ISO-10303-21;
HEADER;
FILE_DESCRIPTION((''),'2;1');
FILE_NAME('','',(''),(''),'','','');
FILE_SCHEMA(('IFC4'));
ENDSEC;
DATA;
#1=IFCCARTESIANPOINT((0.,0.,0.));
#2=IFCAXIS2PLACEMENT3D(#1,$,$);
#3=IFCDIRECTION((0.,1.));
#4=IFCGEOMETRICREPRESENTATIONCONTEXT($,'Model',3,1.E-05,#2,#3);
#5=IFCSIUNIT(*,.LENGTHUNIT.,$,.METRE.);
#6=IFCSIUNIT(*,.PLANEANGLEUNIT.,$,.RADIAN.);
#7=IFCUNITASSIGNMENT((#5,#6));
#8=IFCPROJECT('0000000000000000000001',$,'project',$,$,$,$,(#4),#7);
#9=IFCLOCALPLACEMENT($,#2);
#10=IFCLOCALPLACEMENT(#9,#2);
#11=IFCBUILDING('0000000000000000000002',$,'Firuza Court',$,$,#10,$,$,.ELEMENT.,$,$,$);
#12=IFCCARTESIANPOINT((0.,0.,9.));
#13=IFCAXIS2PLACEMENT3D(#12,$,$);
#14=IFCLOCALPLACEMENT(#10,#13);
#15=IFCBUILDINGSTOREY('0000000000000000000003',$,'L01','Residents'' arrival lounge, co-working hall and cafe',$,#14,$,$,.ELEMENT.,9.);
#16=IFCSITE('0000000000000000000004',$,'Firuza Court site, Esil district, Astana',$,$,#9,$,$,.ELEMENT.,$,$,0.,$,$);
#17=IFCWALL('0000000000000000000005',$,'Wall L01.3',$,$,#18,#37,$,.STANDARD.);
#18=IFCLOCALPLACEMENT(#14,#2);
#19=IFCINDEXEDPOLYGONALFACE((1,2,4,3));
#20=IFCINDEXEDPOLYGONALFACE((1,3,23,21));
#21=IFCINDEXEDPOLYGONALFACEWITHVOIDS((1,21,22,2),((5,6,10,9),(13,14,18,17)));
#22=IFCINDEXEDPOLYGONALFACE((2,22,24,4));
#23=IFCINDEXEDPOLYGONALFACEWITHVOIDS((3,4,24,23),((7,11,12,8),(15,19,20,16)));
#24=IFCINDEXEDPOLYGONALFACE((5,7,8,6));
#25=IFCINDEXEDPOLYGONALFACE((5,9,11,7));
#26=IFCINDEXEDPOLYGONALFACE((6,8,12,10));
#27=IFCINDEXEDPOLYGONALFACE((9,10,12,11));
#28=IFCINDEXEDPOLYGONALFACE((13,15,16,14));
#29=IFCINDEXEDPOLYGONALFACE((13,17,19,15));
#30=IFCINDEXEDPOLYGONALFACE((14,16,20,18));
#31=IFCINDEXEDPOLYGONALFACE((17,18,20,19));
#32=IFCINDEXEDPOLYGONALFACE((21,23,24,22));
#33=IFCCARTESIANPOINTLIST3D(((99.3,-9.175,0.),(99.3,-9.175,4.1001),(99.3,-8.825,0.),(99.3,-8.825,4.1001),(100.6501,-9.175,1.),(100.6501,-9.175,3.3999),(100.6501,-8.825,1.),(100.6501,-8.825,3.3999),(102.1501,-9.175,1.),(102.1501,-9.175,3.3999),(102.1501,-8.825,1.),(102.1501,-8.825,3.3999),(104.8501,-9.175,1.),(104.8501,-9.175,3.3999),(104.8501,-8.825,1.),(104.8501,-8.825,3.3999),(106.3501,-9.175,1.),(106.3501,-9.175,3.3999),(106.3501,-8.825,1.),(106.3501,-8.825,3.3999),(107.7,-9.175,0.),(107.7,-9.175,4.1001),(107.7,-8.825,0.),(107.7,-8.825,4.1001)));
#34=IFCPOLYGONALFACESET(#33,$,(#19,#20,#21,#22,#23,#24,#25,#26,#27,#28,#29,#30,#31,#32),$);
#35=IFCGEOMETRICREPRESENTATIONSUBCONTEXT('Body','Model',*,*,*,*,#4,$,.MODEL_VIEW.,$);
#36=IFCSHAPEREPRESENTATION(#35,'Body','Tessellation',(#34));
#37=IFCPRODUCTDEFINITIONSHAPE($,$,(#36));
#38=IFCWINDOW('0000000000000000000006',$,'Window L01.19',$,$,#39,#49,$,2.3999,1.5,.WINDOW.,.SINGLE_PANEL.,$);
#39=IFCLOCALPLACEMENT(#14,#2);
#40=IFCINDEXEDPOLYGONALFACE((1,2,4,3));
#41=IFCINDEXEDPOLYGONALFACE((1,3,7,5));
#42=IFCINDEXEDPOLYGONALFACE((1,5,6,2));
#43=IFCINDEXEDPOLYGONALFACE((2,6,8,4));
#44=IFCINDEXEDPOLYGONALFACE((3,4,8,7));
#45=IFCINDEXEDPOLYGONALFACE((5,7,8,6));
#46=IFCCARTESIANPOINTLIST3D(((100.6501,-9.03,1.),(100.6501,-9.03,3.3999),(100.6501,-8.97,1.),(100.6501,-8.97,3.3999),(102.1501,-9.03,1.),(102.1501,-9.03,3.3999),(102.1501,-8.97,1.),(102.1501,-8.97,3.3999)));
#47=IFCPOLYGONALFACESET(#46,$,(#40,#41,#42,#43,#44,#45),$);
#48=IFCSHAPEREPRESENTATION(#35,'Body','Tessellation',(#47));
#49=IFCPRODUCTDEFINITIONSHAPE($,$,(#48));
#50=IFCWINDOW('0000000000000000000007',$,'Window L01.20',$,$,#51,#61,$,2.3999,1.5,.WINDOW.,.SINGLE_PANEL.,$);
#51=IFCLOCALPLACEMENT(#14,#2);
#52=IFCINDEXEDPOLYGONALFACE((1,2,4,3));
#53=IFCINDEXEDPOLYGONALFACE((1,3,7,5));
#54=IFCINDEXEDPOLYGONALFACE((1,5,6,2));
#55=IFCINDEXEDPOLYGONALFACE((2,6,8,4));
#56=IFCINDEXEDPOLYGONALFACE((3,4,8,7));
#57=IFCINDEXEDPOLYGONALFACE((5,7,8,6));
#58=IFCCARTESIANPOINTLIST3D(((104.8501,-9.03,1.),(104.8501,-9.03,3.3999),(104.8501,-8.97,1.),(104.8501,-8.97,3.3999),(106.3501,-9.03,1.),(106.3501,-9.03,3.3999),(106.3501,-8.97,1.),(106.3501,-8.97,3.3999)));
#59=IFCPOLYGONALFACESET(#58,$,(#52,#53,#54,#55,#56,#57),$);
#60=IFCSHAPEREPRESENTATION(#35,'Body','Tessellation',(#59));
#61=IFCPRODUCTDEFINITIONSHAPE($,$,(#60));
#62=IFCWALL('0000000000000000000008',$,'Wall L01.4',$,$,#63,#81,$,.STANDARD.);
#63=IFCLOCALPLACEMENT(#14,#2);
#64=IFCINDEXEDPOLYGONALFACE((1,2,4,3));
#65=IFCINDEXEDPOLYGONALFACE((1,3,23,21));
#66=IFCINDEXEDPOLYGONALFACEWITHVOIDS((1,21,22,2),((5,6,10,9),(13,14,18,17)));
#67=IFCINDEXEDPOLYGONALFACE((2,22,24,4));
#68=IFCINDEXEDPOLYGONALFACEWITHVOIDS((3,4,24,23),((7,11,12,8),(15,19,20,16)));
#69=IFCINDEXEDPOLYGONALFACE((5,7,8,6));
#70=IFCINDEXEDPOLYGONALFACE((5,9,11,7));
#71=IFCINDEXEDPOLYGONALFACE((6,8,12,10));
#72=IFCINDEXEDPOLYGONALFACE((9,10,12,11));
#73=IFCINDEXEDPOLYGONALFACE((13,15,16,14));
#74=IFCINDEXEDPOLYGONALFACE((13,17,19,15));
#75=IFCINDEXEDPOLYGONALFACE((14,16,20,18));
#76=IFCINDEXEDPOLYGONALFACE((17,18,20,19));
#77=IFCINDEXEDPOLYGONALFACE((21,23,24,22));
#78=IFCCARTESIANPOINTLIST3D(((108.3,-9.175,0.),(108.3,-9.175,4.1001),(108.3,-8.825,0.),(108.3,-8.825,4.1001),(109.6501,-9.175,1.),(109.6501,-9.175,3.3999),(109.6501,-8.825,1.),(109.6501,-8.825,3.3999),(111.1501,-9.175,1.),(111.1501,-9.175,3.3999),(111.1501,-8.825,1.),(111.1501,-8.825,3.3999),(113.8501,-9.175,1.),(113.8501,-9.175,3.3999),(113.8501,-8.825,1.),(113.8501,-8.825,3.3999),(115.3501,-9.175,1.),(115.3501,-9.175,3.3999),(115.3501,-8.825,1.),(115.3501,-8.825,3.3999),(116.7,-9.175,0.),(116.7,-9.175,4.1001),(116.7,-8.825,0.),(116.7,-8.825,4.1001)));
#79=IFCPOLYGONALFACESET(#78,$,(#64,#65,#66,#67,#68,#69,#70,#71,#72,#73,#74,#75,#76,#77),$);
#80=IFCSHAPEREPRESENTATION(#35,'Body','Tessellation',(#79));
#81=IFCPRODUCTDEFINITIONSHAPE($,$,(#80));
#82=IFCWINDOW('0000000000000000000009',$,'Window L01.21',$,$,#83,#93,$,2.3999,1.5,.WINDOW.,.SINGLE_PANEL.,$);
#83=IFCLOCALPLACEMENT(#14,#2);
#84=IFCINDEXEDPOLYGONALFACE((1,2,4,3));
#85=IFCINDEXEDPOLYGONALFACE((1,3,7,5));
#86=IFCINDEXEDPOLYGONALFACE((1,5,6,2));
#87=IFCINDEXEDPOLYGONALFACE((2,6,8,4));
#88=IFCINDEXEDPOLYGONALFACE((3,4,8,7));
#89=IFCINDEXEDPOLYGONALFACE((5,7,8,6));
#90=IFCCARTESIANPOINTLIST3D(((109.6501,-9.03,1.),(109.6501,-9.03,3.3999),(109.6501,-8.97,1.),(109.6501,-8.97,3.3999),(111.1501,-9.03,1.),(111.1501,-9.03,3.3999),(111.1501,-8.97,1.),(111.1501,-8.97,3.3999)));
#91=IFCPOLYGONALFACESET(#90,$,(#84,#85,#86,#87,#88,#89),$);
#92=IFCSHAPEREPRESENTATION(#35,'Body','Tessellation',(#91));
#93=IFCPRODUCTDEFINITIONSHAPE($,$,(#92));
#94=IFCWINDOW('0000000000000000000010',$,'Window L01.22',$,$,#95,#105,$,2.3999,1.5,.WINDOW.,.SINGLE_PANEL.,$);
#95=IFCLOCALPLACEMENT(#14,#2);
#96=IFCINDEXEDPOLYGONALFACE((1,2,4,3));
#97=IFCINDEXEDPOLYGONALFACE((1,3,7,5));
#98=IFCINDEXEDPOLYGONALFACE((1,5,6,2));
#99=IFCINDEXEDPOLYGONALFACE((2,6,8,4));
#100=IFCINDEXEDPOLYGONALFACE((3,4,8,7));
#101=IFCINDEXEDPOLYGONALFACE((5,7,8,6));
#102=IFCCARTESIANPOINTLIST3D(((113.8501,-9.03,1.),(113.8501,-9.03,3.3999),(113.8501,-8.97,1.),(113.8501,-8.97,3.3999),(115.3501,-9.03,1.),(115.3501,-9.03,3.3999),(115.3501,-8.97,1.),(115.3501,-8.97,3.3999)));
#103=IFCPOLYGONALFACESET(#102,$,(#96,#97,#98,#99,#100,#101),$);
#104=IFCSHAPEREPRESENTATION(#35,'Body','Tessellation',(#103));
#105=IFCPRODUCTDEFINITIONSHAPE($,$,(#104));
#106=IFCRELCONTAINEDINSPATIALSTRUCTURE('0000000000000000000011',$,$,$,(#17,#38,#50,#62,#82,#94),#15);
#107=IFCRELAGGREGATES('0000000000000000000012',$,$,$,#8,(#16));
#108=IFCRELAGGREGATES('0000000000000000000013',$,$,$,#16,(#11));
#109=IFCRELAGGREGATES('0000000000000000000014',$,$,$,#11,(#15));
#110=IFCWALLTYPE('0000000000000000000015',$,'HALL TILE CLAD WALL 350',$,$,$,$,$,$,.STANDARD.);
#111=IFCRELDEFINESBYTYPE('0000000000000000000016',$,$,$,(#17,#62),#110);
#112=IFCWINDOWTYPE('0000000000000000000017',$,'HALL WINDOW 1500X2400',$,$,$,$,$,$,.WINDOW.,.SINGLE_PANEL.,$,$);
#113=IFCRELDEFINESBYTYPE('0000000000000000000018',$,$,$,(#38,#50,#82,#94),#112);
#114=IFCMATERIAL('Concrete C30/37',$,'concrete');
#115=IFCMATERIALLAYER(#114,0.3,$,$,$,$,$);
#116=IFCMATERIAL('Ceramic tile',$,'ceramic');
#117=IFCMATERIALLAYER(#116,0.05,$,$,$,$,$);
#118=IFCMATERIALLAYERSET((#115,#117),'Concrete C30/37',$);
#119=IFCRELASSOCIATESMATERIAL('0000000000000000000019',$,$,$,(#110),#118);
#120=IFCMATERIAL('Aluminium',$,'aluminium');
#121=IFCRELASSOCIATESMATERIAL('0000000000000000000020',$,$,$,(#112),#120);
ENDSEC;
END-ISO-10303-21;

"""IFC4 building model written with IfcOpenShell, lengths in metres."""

from ifc_helpers import new_model, si_unit, direction, frame, frame_2d, origin, place, context, subcontext, project, spatial, rectangle, extrude, material, layer, layer_set, type_object, element, fill, save


model = new_model("IFC4")

# Units and contexts
model_context = context("Model", 3, precision=1e-05, world=origin(), true_north=direction((0.0, 1.0)))
body_context = subcontext(model_context, "Body", "Model", "MODEL_VIEW")
ifc_project = project(units=[si_unit("LENGTHUNIT", "METRE"), si_unit("PLANEANGLEUNIT", "RADIAN")], contexts=[model_context])

# Site, building, storey
site_placement = place(None, origin())
site = spatial("IfcSite", under=ifc_project, at=site_placement, Name="Firuza Court site, Esil district, Astana", CompositionType="ELEMENT", RefElevation=0.0)
building_placement = place(site_placement, origin())
building = spatial("IfcBuilding", under=site, at=building_placement, Name="Firuza Court", CompositionType="ELEMENT")
storey_placement = place(building_placement, frame((0.0, 0.0, 9.0)))
storey = spatial("IfcBuildingStorey", under=building, at=storey_placement, Name="L01", Description="Residents' arrival lounge, co-working hall and cafe", CompositionType="ELEMENT", Elevation=9.0)

# Walls, openings, windows
ifc_material_1 = material(Name="Concrete C30/37", Category="concrete")
ifc_layer_1 = layer(ifc_material_1, 0.3)
ifc_material_2 = material(Name="Ceramic tile", Category="ceramic")
ifc_layer_2 = layer(ifc_material_2, 0.05)
ifc_layer_set_1 = layer_set([ifc_layer_1, ifc_layer_2], Name="Concrete C30/37")
wall_type_1 = type_object("IfcWallType", Name="HALL TILE CLAD WALL 350", PredefinedType="STANDARD", material=ifc_layer_set_1)
wall_1_placement = place(storey_placement, frame((99.3, -9.0, 0.0), z_axis=(0.0, 0.0, 1.0), x_axis=(1.0, 0.0, 0.0)))
wall_1 = element("IfcWall", 1, at=wall_1_placement, inside=storey, type_object=wall_type_1, Name="Wall L01.3", PredefinedType="STANDARD", context=body_context, shape_type="SweptSolid", body=[
    extrude(rectangle(XDim=8.3999, YDim=0.3501, at=frame_2d((4.2, 0.0))), origin(), (0.0, 0.0, 1.0), 4.1001),
])
opening_1_placement = place(wall_1_placement, frame((1.3501, 0.0, 1.0)))
opening_1 = element("IfcOpeningElement", 2, at=opening_1_placement, cuts=wall_1, PredefinedType="OPENING", context=body_context, shape_type="SweptSolid", body=[
    extrude(rectangle(XDim=1.5, YDim=2.3999, at=frame_2d((0.75, 1.2))), frame((0.0, 0.187, 0.0), z_axis=(0.0, -1.0, 0.0), x_axis=(1.0, 0.0, 0.0)), (0.0, 0.0, 1.0), 0.374),
])
opening_2_placement = place(wall_1_placement, frame((5.55, 0.0, 1.0)))
opening_2 = element("IfcOpeningElement", 3, at=opening_2_placement, cuts=wall_1, PredefinedType="OPENING", context=body_context, shape_type="SweptSolid", body=[
    extrude(rectangle(XDim=1.5, YDim=2.3999, at=frame_2d((0.75, 1.2))), frame((0.0, 0.187, 0.0), z_axis=(0.0, -1.0, 0.0), x_axis=(1.0, 0.0, 0.0)), (0.0, 0.0, 1.0), 0.374),
])
ifc_material_3 = material(Name="Aluminium", Category="aluminium")
window_type = type_object("IfcWindowType", Name="HALL WINDOW 1500X2400", PartitioningType="SINGLE_PANEL", PredefinedType="WINDOW", material=ifc_material_3)
window_1_placement = place(opening_1_placement, origin())
window_1 = element("IfcWindow", 4, at=window_1_placement, inside=storey, type_object=window_type, Name="Window L01.19", OverallHeight=2.3999, OverallWidth=1.5, PartitioningType="SINGLE_PANEL", PredefinedType="WINDOW", context=body_context, shape_type="SweptSolid", body=[
    extrude(rectangle(XDim=1.5, YDim=2.3999, at=frame_2d((0.75, 1.2))), frame((0.0, 0.03, 0.0), z_axis=(0.0, -1.0, 0.0), x_axis=(1.0, 0.0, 0.0)), (0.0, 0.0, 1.0), 0.0601),
])
fill(opening_1, window_1)
window_2_placement = place(opening_2_placement, origin())
window_2 = element("IfcWindow", 5, at=window_2_placement, inside=storey, type_object=window_type, Name="Window L01.20", OverallHeight=2.3999, OverallWidth=1.5, PartitioningType="SINGLE_PANEL", PredefinedType="WINDOW", context=body_context, shape_type="SweptSolid", body=[
    extrude(rectangle(XDim=1.5, YDim=2.3999, at=frame_2d((0.75, 1.2))), frame((0.0, 0.03, 0.0), z_axis=(0.0, -1.0, 0.0), x_axis=(1.0, 0.0, 0.0)), (0.0, 0.0, 1.0), 0.0601),
])
fill(opening_2, window_2)
wall_2_placement = place(storey_placement, frame((108.3, -9.0, 0.0), z_axis=(0.0, 0.0, 1.0), x_axis=(1.0, 0.0, 0.0)))
wall_2 = element("IfcWall", 6, at=wall_2_placement, inside=storey, type_object=wall_type_1, Name="Wall L01.4", PredefinedType="STANDARD", context=body_context, shape_type="SweptSolid", body=[
    extrude(rectangle(XDim=8.3999, YDim=0.3501, at=frame_2d((4.2, 0.0))), origin(), (0.0, 0.0, 1.0), 4.1001),
])
opening_3_placement = place(wall_2_placement, frame((1.3501, 0.0, 1.0)))
opening_3 = element("IfcOpeningElement", 7, at=opening_3_placement, cuts=wall_2, PredefinedType="OPENING", context=body_context, shape_type="SweptSolid", body=[
    extrude(rectangle(XDim=1.5, YDim=2.3999, at=frame_2d((0.75, 1.2))), frame((0.0, 0.187, 0.0), z_axis=(0.0, -1.0, 0.0), x_axis=(1.0, 0.0, 0.0)), (0.0, 0.0, 1.0), 0.374),
])
opening_4_placement = place(wall_2_placement, frame((5.55, 0.0, 1.0)))
opening_4 = element("IfcOpeningElement", 8, at=opening_4_placement, cuts=wall_2, PredefinedType="OPENING", context=body_context, shape_type="SweptSolid", body=[
    extrude(rectangle(XDim=1.5, YDim=2.3999, at=frame_2d((0.75, 1.2))), frame((0.0, 0.187, 0.0), z_axis=(0.0, -1.0, 0.0), x_axis=(1.0, 0.0, 0.0)), (0.0, 0.0, 1.0), 0.374),
])
window_3_placement = place(opening_3_placement, origin())
window_3 = element("IfcWindow", 9, at=window_3_placement, inside=storey, type_object=window_type, Name="Window L01.21", OverallHeight=2.3999, OverallWidth=1.5, PartitioningType="SINGLE_PANEL", PredefinedType="WINDOW", context=body_context, shape_type="SweptSolid", body=[
    extrude(rectangle(XDim=1.5, YDim=2.3999, at=frame_2d((0.75, 1.2))), frame((0.0, 0.03, 0.0), z_axis=(0.0, -1.0, 0.0), x_axis=(1.0, 0.0, 0.0)), (0.0, 0.0, 1.0), 0.0601),
])
fill(opening_3, window_3)
window_4_placement = place(opening_4_placement, origin())
window_4 = element("IfcWindow", 10, at=window_4_placement, inside=storey, type_object=window_type, Name="Window L01.22", OverallHeight=2.3999, OverallWidth=1.5, PartitioningType="SINGLE_PANEL", PredefinedType="WINDOW", context=body_context, shape_type="SweptSolid", body=[
    extrude(rectangle(XDim=1.5, YDim=2.3999, at=frame_2d((0.75, 1.2))), frame((0.0, 0.03, 0.0), z_axis=(0.0, -1.0, 0.0), x_axis=(1.0, 0.0, 0.0)), (0.0, 0.0, 1.0), 0.0601),
])
fill(opening_4, window_4)

save(model, "model.ifc")
